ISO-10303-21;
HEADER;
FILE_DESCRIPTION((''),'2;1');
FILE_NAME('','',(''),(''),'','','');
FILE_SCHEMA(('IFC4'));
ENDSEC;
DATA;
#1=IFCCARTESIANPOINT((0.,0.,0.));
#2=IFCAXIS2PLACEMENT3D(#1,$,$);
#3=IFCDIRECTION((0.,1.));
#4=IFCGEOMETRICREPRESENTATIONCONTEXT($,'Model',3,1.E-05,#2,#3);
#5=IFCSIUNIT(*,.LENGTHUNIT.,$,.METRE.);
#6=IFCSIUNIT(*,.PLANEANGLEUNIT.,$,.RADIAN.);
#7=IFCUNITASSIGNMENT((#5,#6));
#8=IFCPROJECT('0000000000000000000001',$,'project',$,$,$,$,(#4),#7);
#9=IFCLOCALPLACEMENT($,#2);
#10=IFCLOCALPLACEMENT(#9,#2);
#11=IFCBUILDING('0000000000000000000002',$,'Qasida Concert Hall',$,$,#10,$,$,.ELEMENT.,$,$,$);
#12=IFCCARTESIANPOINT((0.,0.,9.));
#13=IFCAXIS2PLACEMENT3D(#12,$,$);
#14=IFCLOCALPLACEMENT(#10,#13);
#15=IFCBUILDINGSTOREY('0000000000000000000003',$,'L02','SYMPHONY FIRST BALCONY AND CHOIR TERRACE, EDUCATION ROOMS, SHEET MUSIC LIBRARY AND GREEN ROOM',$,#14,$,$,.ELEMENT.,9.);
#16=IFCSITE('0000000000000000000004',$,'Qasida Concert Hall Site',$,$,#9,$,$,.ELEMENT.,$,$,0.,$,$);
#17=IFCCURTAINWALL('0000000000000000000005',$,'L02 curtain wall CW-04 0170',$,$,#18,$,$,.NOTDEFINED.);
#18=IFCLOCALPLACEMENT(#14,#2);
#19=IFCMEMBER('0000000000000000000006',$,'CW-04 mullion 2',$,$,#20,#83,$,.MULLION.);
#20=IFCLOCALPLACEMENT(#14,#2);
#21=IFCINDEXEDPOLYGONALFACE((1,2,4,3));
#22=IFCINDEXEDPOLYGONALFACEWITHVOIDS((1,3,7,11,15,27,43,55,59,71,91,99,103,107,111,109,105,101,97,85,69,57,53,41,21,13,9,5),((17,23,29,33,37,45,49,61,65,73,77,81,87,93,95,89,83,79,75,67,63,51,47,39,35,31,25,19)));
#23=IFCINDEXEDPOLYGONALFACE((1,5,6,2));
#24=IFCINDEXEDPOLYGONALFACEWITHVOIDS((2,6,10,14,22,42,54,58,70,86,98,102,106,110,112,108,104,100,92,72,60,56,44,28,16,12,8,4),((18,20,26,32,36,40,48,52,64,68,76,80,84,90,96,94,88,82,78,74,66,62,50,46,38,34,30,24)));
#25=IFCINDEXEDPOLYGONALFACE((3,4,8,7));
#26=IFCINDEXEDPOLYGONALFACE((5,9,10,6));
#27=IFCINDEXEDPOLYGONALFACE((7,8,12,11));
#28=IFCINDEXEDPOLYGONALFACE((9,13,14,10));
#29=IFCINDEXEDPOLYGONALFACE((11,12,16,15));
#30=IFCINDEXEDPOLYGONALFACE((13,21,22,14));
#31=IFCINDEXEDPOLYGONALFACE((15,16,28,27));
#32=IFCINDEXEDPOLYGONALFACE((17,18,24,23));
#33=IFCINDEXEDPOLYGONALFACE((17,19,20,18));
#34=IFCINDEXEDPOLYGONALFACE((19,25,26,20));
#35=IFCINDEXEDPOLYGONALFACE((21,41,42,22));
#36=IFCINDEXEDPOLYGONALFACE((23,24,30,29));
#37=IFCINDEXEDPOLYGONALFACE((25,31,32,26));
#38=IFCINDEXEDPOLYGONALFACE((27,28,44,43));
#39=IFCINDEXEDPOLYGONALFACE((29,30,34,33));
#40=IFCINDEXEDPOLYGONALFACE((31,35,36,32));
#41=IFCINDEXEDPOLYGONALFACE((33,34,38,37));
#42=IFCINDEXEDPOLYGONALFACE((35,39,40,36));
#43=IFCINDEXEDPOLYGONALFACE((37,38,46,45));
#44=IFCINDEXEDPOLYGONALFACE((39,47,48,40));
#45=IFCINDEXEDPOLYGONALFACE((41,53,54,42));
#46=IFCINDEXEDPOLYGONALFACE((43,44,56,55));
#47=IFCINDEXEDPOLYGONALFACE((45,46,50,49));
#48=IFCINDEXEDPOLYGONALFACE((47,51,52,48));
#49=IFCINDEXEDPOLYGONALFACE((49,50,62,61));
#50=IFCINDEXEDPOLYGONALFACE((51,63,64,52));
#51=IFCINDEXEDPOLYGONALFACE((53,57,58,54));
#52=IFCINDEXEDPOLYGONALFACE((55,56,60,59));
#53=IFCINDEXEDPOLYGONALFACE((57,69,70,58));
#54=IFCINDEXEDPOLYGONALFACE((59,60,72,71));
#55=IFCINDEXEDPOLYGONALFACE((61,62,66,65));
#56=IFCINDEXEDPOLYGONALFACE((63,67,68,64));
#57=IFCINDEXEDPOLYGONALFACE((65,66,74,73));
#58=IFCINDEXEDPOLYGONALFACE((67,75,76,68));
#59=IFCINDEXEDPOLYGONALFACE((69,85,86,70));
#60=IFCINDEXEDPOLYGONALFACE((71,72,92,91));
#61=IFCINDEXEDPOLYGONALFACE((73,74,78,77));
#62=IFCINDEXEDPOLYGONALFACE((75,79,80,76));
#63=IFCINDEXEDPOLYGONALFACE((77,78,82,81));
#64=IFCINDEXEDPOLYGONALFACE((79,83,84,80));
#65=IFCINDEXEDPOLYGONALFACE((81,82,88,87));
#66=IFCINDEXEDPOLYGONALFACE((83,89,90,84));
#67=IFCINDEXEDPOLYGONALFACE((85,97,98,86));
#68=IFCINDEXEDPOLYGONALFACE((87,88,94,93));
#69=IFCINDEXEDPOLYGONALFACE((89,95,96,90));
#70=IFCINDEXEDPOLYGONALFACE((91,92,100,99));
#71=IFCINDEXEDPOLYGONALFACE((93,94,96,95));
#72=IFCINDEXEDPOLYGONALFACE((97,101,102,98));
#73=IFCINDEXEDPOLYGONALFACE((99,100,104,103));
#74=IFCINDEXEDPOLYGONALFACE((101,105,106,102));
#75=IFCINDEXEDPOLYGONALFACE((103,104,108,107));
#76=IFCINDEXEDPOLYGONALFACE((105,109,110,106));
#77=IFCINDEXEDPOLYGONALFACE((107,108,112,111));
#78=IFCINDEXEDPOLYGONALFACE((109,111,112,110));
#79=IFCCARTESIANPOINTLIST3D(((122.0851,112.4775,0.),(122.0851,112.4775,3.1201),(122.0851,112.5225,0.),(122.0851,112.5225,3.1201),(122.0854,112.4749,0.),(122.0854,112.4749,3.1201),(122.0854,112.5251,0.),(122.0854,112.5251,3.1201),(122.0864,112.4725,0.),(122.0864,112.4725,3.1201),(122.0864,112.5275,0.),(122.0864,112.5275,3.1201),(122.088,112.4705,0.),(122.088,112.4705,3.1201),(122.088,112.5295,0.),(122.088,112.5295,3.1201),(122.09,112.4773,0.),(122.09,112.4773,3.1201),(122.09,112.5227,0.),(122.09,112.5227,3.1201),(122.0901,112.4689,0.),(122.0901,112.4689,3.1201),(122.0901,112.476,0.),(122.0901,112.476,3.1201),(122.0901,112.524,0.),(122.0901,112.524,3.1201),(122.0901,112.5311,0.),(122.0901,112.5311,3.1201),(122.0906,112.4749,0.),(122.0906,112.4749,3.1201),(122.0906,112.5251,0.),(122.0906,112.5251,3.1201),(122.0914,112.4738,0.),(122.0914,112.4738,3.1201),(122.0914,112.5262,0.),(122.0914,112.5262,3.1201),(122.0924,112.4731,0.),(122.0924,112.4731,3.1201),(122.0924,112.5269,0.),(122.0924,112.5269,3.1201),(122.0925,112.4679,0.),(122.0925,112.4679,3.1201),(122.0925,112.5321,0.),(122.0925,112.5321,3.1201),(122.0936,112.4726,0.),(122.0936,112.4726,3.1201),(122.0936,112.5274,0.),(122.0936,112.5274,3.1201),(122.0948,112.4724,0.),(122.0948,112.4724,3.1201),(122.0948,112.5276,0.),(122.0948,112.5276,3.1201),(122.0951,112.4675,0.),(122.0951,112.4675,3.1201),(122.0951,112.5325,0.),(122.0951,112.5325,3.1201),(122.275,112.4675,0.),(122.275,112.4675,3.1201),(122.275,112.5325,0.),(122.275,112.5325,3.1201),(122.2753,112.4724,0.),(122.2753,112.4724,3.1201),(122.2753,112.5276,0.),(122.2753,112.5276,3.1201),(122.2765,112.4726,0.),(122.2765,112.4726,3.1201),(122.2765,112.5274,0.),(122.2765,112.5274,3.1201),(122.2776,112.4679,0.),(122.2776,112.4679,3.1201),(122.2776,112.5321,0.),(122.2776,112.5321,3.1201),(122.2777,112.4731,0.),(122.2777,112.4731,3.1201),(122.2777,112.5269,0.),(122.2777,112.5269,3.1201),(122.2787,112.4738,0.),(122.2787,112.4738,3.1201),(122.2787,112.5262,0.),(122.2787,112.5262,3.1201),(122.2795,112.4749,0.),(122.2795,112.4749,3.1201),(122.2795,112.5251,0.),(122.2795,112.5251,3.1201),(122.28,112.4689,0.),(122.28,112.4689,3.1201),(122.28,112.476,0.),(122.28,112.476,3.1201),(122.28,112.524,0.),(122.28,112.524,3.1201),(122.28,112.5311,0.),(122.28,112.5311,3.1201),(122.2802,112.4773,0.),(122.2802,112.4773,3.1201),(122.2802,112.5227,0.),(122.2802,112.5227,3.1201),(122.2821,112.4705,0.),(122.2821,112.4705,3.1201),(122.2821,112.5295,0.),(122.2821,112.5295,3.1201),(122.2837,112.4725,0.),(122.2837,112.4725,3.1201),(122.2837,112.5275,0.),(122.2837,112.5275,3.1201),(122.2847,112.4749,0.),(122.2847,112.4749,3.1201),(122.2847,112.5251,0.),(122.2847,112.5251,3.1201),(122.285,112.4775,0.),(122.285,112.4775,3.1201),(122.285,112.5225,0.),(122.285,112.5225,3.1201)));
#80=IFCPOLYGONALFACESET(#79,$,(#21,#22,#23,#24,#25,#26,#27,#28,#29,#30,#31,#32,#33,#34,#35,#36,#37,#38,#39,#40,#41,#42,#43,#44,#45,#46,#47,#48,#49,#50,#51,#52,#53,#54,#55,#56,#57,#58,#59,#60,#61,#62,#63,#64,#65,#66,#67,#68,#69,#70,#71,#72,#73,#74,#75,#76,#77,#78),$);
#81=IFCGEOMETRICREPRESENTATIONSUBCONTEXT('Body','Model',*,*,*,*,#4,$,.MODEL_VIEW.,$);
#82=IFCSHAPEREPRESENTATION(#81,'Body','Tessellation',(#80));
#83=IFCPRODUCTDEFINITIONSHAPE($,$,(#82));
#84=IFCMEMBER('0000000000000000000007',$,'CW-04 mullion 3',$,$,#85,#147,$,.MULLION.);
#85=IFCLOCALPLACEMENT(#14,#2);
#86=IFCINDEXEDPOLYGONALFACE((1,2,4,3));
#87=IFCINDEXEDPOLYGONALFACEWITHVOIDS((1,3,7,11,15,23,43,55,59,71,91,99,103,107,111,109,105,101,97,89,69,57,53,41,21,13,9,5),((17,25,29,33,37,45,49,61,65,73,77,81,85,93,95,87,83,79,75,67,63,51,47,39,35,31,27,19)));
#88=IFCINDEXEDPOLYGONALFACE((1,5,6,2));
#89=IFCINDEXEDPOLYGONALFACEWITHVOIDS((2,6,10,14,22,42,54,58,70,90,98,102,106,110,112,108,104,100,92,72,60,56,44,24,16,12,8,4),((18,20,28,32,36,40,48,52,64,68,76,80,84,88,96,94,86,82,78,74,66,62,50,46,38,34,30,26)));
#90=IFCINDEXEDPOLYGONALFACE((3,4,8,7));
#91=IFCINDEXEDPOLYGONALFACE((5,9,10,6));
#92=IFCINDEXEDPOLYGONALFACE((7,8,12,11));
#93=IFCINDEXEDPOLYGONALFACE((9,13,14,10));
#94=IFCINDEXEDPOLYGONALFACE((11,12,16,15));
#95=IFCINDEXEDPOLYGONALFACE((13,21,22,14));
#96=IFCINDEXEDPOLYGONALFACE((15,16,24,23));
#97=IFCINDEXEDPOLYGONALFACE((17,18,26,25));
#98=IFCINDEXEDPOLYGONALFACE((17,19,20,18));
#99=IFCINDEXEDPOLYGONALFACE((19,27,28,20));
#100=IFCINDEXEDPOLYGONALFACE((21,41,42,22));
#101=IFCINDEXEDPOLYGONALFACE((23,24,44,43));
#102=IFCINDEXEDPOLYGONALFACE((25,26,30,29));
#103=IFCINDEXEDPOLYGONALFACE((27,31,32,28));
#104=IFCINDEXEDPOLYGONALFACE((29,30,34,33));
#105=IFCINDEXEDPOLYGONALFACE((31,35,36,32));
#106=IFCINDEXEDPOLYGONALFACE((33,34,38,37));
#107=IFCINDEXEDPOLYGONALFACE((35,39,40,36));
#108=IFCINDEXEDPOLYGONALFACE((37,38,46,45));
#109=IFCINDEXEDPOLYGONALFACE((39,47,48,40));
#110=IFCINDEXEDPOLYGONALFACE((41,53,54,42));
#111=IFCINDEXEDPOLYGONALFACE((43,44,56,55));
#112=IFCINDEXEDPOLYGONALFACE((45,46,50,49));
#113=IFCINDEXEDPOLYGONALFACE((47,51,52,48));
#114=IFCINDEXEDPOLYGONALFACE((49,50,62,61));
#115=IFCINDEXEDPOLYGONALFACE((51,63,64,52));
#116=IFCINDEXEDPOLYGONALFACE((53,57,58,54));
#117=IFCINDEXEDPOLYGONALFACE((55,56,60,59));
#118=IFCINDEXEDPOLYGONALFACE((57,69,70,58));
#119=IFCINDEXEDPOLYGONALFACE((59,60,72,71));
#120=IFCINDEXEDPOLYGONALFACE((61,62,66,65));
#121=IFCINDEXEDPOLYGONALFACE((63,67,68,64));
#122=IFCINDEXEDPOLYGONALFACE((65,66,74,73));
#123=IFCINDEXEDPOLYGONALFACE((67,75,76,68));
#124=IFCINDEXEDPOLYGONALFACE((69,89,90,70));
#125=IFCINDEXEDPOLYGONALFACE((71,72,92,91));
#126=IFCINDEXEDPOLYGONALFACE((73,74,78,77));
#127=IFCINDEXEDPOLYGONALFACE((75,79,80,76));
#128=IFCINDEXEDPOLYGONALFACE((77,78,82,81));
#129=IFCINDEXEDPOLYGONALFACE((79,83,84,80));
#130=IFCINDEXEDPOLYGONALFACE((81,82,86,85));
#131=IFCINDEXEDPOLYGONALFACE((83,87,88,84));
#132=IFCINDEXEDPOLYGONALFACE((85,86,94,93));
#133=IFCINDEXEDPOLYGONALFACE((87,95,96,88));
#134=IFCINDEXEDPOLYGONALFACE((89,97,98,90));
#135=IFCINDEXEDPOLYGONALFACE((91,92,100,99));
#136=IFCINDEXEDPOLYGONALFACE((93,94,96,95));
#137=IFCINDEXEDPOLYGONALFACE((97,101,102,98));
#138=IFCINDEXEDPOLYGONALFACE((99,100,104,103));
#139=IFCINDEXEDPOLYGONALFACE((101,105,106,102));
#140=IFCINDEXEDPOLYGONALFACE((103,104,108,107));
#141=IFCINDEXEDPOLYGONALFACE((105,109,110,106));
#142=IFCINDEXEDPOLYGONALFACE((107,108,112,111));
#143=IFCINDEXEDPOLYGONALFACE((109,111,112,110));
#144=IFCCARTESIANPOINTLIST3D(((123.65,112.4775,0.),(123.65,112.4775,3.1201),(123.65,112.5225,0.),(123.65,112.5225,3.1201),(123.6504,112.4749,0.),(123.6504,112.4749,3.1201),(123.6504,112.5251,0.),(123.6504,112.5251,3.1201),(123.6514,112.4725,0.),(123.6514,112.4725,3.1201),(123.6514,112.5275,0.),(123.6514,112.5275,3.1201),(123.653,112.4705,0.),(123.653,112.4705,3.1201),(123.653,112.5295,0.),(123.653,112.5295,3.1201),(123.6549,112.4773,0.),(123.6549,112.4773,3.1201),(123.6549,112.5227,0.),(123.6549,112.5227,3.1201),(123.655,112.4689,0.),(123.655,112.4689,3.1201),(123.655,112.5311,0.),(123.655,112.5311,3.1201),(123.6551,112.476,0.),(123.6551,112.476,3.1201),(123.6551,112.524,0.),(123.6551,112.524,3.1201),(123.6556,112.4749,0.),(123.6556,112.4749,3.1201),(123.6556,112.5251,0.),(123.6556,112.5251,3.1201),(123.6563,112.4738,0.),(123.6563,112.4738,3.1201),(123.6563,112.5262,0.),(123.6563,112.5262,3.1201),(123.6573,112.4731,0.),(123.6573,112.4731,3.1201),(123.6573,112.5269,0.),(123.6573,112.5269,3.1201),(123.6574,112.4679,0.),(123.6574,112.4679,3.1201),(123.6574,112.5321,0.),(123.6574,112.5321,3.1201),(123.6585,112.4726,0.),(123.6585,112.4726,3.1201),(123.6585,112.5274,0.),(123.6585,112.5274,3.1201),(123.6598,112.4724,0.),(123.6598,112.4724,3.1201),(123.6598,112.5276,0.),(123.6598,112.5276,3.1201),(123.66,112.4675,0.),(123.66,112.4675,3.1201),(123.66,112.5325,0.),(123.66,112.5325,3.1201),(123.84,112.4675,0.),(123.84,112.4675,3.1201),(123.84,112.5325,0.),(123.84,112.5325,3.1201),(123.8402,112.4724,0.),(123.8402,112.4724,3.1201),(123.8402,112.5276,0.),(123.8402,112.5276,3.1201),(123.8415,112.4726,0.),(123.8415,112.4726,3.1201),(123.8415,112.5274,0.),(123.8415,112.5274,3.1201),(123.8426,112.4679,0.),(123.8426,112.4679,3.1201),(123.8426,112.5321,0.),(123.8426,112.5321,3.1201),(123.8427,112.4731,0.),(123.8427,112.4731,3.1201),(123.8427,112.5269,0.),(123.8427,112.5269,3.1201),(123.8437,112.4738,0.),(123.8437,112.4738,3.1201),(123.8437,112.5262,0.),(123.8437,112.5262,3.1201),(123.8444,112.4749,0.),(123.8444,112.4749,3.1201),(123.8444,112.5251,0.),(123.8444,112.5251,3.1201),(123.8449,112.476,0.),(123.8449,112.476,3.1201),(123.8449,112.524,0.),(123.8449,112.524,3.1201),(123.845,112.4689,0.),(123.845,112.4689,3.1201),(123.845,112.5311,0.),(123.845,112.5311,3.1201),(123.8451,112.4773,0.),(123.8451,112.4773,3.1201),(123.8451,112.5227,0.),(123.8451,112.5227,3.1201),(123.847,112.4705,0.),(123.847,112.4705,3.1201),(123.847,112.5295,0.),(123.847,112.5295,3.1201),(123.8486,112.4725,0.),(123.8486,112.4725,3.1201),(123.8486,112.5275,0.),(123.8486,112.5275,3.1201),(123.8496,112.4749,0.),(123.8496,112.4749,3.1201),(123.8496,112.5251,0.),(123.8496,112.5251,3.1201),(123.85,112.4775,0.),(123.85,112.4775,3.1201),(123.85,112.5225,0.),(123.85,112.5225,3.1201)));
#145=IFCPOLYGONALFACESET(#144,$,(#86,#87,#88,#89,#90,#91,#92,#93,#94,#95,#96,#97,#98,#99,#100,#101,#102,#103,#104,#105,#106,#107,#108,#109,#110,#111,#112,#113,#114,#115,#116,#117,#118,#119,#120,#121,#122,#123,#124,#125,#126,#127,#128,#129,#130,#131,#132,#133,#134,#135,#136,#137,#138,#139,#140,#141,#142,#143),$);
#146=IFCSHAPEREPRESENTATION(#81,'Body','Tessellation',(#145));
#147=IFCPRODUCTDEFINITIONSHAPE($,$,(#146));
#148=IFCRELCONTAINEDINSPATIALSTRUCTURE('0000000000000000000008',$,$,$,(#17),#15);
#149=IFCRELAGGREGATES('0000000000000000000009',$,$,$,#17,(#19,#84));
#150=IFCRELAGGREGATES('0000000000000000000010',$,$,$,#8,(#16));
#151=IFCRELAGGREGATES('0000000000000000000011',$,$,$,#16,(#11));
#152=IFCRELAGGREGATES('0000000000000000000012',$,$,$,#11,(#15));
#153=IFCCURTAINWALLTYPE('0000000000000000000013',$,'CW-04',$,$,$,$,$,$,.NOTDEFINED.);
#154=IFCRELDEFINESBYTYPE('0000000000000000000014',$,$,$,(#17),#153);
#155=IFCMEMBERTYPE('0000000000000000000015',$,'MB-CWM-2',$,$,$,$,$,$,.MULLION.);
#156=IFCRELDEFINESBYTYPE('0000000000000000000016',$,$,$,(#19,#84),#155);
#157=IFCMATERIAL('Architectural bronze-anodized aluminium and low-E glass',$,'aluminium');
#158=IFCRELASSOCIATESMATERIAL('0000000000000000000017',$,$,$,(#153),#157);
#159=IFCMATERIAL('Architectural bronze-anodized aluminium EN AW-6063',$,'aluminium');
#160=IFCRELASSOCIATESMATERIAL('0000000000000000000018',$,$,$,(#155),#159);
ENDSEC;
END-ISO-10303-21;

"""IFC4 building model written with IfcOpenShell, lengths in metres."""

from ifc_helpers import new_model, si_unit, direction, frame, origin, origin_2d, place, context, subcontext, project, spatial, hollow_rectangle, extrude, material, material_profile, profile_set, type_object, element, aggregate, save


model = new_model("IFC4")

# Units and contexts
model_context = context("Model", 3, precision=1e-05, world=origin(), true_north=direction((0.0, 1.0)))
body_context = subcontext(model_context, "Body", "Model", "MODEL_VIEW")
ifc_project = project(units=[si_unit("LENGTHUNIT", "METRE"), si_unit("PLANEANGLEUNIT", "RADIAN")], contexts=[model_context])

# Site, building, storey
site_placement = place(None, origin())
site = spatial("IfcSite", under=ifc_project, at=site_placement, Name="Qasida Concert Hall Site", CompositionType="ELEMENT", RefElevation=0.0)
building_placement = place(site_placement, origin())
building = spatial("IfcBuilding", under=site, at=building_placement, Name="Qasida Concert Hall", CompositionType="ELEMENT")
storey_placement = place(building_placement, frame((0.0, 0.0, 9.0)))
storey = spatial("IfcBuildingStorey", under=building, at=storey_placement, Name="L02", Description="SYMPHONY FIRST BALCONY AND CHOIR TERRACE, EDUCATION ROOMS, SHEET MUSIC LIBRARY AND GREEN ROOM", CompositionType="ELEMENT", Elevation=9.0)

# Curtain wall, members
ifc_material_1 = material(Name="Architectural bronze-anodized aluminium and low-E glass", Category="aluminium")
curtain_wall_type = type_object("IfcCurtainWallType", Name="CW-04", PredefinedType="NOTDEFINED", material=ifc_material_1)
curtain_wall_placement = place(storey_placement, origin())
curtain_wall = element("IfcCurtainWall", 1, at=curtain_wall_placement, inside=storey, type_object=curtain_wall_type, Name="L02 curtain wall CW-04 0170", PredefinedType="NOTDEFINED")
ifc_material_2 = material(Name="Architectural bronze-anodized aluminium EN AW-6063", Category="aluminium")
ifc_material_profile_1 = material_profile(ifc_material_2, hollow_rectangle(XDim=0.0649, YDim=0.2, WallThickness=0.0049, InnerFilletRadius=0.0049, OuterFilletRadius=0.01, at=origin_2d()), Name="CWM 200x65x5")
ifc_profile_set_1 = profile_set([ifc_material_profile_1], Name="Architectural bronze-anodized aluminium EN AW-6063")
member_type_1 = type_object("IfcMemberType", Name="MB-CWM-2", PredefinedType="MULLION", material=ifc_profile_set_1)
member_1_placement = place(storey_placement, frame((122.1851, 112.5, 0.0), z_axis=(0.0, 0.0, 1.0), x_axis=(0.0, 1.0, 0.0)))
member_1 = element("IfcMember", 2, at=member_1_placement, type_object=member_type_1, Name="CW-04 mullion 2", PredefinedType="MULLION", context=body_context, shape_type="SweptSolid", body=[
    extrude(hollow_rectangle(XDim=0.0649, YDim=0.2, WallThickness=0.0049, InnerFilletRadius=0.0049, OuterFilletRadius=0.01, at=origin_2d()), origin(), (0.0, 0.0, 1.0), 3.1201),
])
member_2_placement = place(storey_placement, frame((123.75, 112.5, 0.0), z_axis=(0.0, 0.0, 1.0), x_axis=(0.0, 1.0, 0.0)))
member_2 = element("IfcMember", 3, at=member_2_placement, type_object=member_type_1, Name="CW-04 mullion 3", PredefinedType="MULLION", context=body_context, shape_type="SweptSolid", body=[
    extrude(hollow_rectangle(XDim=0.0649, YDim=0.2, WallThickness=0.0049, InnerFilletRadius=0.0049, OuterFilletRadius=0.01, at=origin_2d()), origin(), (0.0, 0.0, 1.0), 3.1201),
])
aggregate(curtain_wall, [member_1, member_2])

save(model, "model.ifc")
